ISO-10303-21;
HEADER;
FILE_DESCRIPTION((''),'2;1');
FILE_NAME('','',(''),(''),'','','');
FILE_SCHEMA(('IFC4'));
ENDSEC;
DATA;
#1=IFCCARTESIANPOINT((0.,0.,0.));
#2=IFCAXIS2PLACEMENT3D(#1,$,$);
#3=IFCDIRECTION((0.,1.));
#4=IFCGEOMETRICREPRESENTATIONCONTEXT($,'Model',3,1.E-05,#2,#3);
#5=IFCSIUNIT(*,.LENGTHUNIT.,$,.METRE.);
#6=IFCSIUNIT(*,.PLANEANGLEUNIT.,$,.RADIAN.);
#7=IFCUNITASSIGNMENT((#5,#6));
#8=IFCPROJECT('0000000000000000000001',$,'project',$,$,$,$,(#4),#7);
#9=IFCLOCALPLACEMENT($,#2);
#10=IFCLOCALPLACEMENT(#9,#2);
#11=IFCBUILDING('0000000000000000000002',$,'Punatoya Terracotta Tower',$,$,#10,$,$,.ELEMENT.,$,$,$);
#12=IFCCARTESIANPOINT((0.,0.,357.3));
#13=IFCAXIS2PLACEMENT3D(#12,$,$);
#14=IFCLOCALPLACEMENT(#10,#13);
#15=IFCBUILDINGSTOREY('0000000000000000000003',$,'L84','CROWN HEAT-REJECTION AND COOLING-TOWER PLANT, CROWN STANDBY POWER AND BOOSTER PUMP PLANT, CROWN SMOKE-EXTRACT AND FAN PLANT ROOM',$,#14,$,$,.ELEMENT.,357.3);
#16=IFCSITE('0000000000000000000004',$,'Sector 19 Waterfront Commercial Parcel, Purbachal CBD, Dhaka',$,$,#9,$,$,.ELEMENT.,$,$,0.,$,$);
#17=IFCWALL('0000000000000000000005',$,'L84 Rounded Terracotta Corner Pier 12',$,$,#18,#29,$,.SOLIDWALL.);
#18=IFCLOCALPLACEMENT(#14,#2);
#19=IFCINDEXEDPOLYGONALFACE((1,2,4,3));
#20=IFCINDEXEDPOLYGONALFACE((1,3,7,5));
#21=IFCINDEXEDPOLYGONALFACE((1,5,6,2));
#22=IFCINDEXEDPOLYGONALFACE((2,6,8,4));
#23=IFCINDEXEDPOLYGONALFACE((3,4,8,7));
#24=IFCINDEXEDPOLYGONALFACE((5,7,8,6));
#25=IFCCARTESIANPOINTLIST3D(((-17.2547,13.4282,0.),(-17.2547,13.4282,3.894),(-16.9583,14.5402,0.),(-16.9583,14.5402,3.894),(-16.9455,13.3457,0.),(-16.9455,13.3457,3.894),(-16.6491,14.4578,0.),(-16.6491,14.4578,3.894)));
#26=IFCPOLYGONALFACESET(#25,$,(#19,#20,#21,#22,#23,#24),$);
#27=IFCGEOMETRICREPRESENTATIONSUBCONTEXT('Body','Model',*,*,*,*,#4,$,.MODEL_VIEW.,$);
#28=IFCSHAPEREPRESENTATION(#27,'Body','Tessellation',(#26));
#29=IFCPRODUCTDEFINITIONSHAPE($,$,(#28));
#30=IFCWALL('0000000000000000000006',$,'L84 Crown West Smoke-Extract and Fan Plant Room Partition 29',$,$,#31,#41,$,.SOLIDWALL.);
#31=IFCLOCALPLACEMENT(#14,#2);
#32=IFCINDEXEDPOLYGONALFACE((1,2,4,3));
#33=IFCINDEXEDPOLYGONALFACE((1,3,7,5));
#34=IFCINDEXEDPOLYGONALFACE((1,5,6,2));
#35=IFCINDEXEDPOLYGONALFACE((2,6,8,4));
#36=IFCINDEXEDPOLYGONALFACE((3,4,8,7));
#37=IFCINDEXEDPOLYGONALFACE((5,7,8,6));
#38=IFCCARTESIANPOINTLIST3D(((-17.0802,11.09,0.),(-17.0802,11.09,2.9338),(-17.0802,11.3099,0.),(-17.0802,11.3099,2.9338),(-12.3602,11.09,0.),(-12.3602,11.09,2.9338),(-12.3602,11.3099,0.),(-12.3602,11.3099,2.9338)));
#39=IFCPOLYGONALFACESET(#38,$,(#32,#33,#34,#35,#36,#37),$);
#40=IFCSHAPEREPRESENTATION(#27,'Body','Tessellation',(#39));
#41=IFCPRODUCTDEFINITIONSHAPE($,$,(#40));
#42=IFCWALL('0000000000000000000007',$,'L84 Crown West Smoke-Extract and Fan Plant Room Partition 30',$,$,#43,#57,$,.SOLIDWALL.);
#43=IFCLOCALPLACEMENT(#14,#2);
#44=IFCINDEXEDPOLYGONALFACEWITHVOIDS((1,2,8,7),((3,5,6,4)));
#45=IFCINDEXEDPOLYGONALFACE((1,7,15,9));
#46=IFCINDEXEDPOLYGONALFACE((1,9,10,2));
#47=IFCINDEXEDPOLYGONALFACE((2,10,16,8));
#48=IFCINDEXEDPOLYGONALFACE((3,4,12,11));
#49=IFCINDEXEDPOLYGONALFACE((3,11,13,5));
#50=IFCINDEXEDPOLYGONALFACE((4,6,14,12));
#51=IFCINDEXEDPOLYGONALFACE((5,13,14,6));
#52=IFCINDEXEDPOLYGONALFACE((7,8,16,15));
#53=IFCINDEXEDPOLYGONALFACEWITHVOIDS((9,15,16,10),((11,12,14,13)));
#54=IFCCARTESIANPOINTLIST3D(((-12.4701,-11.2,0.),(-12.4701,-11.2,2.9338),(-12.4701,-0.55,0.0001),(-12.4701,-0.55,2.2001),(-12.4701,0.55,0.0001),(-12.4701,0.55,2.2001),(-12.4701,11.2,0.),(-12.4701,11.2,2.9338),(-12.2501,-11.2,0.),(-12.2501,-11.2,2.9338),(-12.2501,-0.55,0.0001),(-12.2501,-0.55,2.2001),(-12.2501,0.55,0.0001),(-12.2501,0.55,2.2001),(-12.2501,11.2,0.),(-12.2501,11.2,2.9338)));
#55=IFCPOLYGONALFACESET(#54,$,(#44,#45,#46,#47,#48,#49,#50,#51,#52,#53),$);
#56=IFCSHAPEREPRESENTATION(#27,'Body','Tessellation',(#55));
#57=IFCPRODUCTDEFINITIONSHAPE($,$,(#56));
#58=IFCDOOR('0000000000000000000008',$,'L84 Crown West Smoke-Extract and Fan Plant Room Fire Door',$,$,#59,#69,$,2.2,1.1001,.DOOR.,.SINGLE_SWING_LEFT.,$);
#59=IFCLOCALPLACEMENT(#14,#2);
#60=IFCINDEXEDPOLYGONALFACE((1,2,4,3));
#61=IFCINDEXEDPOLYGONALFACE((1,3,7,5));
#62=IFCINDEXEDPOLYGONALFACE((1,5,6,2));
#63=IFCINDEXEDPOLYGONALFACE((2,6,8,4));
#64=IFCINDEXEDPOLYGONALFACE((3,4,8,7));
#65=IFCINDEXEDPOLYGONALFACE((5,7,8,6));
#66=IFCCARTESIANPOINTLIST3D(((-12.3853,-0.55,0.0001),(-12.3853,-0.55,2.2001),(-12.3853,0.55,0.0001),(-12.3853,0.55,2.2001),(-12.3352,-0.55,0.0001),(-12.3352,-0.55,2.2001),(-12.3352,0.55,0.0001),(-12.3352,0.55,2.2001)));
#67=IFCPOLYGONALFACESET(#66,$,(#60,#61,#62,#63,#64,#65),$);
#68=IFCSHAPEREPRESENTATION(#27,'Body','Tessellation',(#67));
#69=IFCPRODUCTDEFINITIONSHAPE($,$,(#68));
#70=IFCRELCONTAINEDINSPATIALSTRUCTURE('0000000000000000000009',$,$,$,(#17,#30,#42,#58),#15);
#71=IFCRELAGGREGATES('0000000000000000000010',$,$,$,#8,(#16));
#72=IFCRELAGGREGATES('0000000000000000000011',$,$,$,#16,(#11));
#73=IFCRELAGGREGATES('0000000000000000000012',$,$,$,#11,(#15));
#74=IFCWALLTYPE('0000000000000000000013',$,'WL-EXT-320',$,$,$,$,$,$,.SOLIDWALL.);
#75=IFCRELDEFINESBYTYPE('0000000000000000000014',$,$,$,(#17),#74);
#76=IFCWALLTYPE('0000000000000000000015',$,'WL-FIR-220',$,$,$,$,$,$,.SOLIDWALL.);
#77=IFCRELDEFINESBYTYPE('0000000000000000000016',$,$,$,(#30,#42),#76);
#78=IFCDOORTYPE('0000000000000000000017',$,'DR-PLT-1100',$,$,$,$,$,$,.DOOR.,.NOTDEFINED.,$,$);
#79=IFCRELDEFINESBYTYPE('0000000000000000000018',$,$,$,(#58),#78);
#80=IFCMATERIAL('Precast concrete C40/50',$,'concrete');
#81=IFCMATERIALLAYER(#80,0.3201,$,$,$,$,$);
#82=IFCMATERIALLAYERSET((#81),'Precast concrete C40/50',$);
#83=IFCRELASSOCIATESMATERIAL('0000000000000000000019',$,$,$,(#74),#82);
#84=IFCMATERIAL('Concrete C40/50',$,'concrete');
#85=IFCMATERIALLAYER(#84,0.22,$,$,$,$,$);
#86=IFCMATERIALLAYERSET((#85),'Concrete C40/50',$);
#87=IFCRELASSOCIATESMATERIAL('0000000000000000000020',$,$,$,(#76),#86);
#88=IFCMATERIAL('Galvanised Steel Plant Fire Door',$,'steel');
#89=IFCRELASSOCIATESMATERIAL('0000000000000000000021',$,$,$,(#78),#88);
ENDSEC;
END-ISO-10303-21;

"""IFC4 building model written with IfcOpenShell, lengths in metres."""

from ifc_helpers import new_model, si_unit, direction, frame, frame_2d, origin, place, context, subcontext, project, spatial, rectangle, extrude, material, layer, layer_set, type_object, element, fill, save


model = new_model("IFC4")

# Units and contexts
model_context = context("Model", 3, precision=1e-05, world=origin(), true_north=direction((0.0, 1.0)))
body_context = subcontext(model_context, "Body", "Model", "MODEL_VIEW")
ifc_project = project(units=[si_unit("LENGTHUNIT", "METRE"), si_unit("PLANEANGLEUNIT", "RADIAN")], contexts=[model_context])

# Site, building, storey
site_placement = place(None, origin())
site = spatial("IfcSite", under=ifc_project, at=site_placement, Name="Sector 19 Waterfront Commercial Parcel, Purbachal CBD, Dhaka", CompositionType="ELEMENT", RefElevation=0.0)
building_placement = place(site_placement, origin())
building = spatial("IfcBuilding", under=site, at=building_placement, Name="Punatoya Terracotta Tower", CompositionType="ELEMENT")
storey_placement = place(building_placement, frame((0.0, 0.0, 357.3)))
storey = spatial("IfcBuildingStorey", under=building, at=storey_placement, Name="L84", Description="CROWN HEAT-REJECTION AND COOLING-TOWER PLANT, CROWN STANDBY POWER AND BOOSTER PUMP PLANT, CROWN SMOKE-EXTRACT AND FAN PLANT ROOM", CompositionType="ELEMENT", Elevation=357.3)

# Walls
ifc_material_1 = material(Name="Precast concrete C40/50", Category="concrete")
ifc_layer_1 = layer(ifc_material_1, 0.3201)
ifc_layer_set_1 = layer_set([ifc_layer_1], Name="Precast concrete C40/50")
wall_type_1 = type_object("IfcWallType", Name="WL-EXT-320", PredefinedType="SOLIDWALL", material=ifc_layer_set_1)
wall_1_placement = place(storey_placement, frame((-16.8037, 14.499, 0.0), z_axis=(0.0, 0.0, 1.0), x_axis=(-0.257531, -0.96627, 0.0)))
element("IfcWall", 1, at=wall_1_placement, inside=storey, type_object=wall_type_1, Name="L84 Rounded Terracotta Corner Pier 12", PredefinedType="SOLIDWALL", context=body_context, shape_type="SweptSolid", body=[
    extrude(rectangle(XDim=1.1509, YDim=0.3201, at=frame_2d((0.5754, 0.0))), origin(), (0.0, 0.0, 1.0), 3.894),
])
ifc_material_2 = material(Name="Concrete C40/50", Category="concrete")
ifc_layer_2 = layer(ifc_material_2, 0.22)
ifc_layer_set_2 = layer_set([ifc_layer_2], Name="Concrete C40/50")
wall_type_2 = type_object("IfcWallType", Name="WL-FIR-220", PredefinedType="SOLIDWALL", material=ifc_layer_set_2)
wall_2_placement = place(storey_placement, frame((-17.0801, 11.2, 0.0), z_axis=(0.0, 0.0, 1.0), x_axis=(1.0, 0.0, 0.0)))
element("IfcWall", 2, at=wall_2_placement, inside=storey, type_object=wall_type_2, Name="L84 Crown West Smoke-Extract and Fan Plant Room Partition 29", PredefinedType="SOLIDWALL", context=body_context, shape_type="SweptSolid", body=[
    extrude(rectangle(XDim=4.72, YDim=0.22, at=frame_2d((2.3599, 0.0))), origin(), (0.0, 0.0, 1.0), 2.9338),
])

# Wall, opening, door
wall_3_placement = place(storey_placement, frame((-12.3601, 11.2, 0.0), z_axis=(0.0, 0.0, 1.0), x_axis=(0.0, -1.0, 0.0)))
wall_3 = element("IfcWall", 3, at=wall_3_placement, inside=storey, type_object=wall_type_2, Name="L84 Crown West Smoke-Extract and Fan Plant Room Partition 30", PredefinedType="SOLIDWALL", context=body_context, shape_type="SweptSolid", body=[
    extrude(rectangle(XDim=22.3999, YDim=0.22, at=frame_2d((11.2, 0.0))), origin(), (0.0, 0.0, 1.0), 2.9338),
])
opening_placement = place(wall_3_placement, frame((10.6499, 0.0, 0.0)))
opening = element("IfcOpeningElement", 4, at=opening_placement, cuts=wall_3, PredefinedType="OPENING", context=body_context, shape_type="SweptSolid", body=[
    extrude(rectangle(XDim=1.1001, YDim=2.2, at=frame_2d((0.55, 1.1001))), frame((0.0, 0.1199, 0.0), z_axis=(0.0, -1.0, 0.0), x_axis=(1.0, 0.0, 0.0)), (0.0, 0.0, 1.0), 0.24),
])
ifc_material_3 = material(Name="Galvanised Steel Plant Fire Door", Category="steel")
door_type = type_object("IfcDoorType", Name="DR-PLT-1100", OperationType="NOTDEFINED", PredefinedType="DOOR", material=ifc_material_3)
door_placement = place(opening_placement, origin())
door = element("IfcDoor", 5, at=door_placement, inside=storey, type_object=door_type, Name="L84 Crown West Smoke-Extract and Fan Plant Room Fire Door", OperationType="SINGLE_SWING_LEFT", OverallHeight=2.2, OverallWidth=1.1001, PredefinedType="DOOR", context=body_context, shape_type="SweptSolid", body=[
    extrude(rectangle(XDim=1.1001, YDim=2.2, at=frame_2d((0.55, 1.1001))), frame((0.0, 0.0249, 0.0), z_axis=(0.0, -1.0, 0.0), x_axis=(1.0, 0.0, 0.0)), (0.0, 0.0, 1.0), 0.05),
])
fill(opening, door)

save(model, "model.ifc")
